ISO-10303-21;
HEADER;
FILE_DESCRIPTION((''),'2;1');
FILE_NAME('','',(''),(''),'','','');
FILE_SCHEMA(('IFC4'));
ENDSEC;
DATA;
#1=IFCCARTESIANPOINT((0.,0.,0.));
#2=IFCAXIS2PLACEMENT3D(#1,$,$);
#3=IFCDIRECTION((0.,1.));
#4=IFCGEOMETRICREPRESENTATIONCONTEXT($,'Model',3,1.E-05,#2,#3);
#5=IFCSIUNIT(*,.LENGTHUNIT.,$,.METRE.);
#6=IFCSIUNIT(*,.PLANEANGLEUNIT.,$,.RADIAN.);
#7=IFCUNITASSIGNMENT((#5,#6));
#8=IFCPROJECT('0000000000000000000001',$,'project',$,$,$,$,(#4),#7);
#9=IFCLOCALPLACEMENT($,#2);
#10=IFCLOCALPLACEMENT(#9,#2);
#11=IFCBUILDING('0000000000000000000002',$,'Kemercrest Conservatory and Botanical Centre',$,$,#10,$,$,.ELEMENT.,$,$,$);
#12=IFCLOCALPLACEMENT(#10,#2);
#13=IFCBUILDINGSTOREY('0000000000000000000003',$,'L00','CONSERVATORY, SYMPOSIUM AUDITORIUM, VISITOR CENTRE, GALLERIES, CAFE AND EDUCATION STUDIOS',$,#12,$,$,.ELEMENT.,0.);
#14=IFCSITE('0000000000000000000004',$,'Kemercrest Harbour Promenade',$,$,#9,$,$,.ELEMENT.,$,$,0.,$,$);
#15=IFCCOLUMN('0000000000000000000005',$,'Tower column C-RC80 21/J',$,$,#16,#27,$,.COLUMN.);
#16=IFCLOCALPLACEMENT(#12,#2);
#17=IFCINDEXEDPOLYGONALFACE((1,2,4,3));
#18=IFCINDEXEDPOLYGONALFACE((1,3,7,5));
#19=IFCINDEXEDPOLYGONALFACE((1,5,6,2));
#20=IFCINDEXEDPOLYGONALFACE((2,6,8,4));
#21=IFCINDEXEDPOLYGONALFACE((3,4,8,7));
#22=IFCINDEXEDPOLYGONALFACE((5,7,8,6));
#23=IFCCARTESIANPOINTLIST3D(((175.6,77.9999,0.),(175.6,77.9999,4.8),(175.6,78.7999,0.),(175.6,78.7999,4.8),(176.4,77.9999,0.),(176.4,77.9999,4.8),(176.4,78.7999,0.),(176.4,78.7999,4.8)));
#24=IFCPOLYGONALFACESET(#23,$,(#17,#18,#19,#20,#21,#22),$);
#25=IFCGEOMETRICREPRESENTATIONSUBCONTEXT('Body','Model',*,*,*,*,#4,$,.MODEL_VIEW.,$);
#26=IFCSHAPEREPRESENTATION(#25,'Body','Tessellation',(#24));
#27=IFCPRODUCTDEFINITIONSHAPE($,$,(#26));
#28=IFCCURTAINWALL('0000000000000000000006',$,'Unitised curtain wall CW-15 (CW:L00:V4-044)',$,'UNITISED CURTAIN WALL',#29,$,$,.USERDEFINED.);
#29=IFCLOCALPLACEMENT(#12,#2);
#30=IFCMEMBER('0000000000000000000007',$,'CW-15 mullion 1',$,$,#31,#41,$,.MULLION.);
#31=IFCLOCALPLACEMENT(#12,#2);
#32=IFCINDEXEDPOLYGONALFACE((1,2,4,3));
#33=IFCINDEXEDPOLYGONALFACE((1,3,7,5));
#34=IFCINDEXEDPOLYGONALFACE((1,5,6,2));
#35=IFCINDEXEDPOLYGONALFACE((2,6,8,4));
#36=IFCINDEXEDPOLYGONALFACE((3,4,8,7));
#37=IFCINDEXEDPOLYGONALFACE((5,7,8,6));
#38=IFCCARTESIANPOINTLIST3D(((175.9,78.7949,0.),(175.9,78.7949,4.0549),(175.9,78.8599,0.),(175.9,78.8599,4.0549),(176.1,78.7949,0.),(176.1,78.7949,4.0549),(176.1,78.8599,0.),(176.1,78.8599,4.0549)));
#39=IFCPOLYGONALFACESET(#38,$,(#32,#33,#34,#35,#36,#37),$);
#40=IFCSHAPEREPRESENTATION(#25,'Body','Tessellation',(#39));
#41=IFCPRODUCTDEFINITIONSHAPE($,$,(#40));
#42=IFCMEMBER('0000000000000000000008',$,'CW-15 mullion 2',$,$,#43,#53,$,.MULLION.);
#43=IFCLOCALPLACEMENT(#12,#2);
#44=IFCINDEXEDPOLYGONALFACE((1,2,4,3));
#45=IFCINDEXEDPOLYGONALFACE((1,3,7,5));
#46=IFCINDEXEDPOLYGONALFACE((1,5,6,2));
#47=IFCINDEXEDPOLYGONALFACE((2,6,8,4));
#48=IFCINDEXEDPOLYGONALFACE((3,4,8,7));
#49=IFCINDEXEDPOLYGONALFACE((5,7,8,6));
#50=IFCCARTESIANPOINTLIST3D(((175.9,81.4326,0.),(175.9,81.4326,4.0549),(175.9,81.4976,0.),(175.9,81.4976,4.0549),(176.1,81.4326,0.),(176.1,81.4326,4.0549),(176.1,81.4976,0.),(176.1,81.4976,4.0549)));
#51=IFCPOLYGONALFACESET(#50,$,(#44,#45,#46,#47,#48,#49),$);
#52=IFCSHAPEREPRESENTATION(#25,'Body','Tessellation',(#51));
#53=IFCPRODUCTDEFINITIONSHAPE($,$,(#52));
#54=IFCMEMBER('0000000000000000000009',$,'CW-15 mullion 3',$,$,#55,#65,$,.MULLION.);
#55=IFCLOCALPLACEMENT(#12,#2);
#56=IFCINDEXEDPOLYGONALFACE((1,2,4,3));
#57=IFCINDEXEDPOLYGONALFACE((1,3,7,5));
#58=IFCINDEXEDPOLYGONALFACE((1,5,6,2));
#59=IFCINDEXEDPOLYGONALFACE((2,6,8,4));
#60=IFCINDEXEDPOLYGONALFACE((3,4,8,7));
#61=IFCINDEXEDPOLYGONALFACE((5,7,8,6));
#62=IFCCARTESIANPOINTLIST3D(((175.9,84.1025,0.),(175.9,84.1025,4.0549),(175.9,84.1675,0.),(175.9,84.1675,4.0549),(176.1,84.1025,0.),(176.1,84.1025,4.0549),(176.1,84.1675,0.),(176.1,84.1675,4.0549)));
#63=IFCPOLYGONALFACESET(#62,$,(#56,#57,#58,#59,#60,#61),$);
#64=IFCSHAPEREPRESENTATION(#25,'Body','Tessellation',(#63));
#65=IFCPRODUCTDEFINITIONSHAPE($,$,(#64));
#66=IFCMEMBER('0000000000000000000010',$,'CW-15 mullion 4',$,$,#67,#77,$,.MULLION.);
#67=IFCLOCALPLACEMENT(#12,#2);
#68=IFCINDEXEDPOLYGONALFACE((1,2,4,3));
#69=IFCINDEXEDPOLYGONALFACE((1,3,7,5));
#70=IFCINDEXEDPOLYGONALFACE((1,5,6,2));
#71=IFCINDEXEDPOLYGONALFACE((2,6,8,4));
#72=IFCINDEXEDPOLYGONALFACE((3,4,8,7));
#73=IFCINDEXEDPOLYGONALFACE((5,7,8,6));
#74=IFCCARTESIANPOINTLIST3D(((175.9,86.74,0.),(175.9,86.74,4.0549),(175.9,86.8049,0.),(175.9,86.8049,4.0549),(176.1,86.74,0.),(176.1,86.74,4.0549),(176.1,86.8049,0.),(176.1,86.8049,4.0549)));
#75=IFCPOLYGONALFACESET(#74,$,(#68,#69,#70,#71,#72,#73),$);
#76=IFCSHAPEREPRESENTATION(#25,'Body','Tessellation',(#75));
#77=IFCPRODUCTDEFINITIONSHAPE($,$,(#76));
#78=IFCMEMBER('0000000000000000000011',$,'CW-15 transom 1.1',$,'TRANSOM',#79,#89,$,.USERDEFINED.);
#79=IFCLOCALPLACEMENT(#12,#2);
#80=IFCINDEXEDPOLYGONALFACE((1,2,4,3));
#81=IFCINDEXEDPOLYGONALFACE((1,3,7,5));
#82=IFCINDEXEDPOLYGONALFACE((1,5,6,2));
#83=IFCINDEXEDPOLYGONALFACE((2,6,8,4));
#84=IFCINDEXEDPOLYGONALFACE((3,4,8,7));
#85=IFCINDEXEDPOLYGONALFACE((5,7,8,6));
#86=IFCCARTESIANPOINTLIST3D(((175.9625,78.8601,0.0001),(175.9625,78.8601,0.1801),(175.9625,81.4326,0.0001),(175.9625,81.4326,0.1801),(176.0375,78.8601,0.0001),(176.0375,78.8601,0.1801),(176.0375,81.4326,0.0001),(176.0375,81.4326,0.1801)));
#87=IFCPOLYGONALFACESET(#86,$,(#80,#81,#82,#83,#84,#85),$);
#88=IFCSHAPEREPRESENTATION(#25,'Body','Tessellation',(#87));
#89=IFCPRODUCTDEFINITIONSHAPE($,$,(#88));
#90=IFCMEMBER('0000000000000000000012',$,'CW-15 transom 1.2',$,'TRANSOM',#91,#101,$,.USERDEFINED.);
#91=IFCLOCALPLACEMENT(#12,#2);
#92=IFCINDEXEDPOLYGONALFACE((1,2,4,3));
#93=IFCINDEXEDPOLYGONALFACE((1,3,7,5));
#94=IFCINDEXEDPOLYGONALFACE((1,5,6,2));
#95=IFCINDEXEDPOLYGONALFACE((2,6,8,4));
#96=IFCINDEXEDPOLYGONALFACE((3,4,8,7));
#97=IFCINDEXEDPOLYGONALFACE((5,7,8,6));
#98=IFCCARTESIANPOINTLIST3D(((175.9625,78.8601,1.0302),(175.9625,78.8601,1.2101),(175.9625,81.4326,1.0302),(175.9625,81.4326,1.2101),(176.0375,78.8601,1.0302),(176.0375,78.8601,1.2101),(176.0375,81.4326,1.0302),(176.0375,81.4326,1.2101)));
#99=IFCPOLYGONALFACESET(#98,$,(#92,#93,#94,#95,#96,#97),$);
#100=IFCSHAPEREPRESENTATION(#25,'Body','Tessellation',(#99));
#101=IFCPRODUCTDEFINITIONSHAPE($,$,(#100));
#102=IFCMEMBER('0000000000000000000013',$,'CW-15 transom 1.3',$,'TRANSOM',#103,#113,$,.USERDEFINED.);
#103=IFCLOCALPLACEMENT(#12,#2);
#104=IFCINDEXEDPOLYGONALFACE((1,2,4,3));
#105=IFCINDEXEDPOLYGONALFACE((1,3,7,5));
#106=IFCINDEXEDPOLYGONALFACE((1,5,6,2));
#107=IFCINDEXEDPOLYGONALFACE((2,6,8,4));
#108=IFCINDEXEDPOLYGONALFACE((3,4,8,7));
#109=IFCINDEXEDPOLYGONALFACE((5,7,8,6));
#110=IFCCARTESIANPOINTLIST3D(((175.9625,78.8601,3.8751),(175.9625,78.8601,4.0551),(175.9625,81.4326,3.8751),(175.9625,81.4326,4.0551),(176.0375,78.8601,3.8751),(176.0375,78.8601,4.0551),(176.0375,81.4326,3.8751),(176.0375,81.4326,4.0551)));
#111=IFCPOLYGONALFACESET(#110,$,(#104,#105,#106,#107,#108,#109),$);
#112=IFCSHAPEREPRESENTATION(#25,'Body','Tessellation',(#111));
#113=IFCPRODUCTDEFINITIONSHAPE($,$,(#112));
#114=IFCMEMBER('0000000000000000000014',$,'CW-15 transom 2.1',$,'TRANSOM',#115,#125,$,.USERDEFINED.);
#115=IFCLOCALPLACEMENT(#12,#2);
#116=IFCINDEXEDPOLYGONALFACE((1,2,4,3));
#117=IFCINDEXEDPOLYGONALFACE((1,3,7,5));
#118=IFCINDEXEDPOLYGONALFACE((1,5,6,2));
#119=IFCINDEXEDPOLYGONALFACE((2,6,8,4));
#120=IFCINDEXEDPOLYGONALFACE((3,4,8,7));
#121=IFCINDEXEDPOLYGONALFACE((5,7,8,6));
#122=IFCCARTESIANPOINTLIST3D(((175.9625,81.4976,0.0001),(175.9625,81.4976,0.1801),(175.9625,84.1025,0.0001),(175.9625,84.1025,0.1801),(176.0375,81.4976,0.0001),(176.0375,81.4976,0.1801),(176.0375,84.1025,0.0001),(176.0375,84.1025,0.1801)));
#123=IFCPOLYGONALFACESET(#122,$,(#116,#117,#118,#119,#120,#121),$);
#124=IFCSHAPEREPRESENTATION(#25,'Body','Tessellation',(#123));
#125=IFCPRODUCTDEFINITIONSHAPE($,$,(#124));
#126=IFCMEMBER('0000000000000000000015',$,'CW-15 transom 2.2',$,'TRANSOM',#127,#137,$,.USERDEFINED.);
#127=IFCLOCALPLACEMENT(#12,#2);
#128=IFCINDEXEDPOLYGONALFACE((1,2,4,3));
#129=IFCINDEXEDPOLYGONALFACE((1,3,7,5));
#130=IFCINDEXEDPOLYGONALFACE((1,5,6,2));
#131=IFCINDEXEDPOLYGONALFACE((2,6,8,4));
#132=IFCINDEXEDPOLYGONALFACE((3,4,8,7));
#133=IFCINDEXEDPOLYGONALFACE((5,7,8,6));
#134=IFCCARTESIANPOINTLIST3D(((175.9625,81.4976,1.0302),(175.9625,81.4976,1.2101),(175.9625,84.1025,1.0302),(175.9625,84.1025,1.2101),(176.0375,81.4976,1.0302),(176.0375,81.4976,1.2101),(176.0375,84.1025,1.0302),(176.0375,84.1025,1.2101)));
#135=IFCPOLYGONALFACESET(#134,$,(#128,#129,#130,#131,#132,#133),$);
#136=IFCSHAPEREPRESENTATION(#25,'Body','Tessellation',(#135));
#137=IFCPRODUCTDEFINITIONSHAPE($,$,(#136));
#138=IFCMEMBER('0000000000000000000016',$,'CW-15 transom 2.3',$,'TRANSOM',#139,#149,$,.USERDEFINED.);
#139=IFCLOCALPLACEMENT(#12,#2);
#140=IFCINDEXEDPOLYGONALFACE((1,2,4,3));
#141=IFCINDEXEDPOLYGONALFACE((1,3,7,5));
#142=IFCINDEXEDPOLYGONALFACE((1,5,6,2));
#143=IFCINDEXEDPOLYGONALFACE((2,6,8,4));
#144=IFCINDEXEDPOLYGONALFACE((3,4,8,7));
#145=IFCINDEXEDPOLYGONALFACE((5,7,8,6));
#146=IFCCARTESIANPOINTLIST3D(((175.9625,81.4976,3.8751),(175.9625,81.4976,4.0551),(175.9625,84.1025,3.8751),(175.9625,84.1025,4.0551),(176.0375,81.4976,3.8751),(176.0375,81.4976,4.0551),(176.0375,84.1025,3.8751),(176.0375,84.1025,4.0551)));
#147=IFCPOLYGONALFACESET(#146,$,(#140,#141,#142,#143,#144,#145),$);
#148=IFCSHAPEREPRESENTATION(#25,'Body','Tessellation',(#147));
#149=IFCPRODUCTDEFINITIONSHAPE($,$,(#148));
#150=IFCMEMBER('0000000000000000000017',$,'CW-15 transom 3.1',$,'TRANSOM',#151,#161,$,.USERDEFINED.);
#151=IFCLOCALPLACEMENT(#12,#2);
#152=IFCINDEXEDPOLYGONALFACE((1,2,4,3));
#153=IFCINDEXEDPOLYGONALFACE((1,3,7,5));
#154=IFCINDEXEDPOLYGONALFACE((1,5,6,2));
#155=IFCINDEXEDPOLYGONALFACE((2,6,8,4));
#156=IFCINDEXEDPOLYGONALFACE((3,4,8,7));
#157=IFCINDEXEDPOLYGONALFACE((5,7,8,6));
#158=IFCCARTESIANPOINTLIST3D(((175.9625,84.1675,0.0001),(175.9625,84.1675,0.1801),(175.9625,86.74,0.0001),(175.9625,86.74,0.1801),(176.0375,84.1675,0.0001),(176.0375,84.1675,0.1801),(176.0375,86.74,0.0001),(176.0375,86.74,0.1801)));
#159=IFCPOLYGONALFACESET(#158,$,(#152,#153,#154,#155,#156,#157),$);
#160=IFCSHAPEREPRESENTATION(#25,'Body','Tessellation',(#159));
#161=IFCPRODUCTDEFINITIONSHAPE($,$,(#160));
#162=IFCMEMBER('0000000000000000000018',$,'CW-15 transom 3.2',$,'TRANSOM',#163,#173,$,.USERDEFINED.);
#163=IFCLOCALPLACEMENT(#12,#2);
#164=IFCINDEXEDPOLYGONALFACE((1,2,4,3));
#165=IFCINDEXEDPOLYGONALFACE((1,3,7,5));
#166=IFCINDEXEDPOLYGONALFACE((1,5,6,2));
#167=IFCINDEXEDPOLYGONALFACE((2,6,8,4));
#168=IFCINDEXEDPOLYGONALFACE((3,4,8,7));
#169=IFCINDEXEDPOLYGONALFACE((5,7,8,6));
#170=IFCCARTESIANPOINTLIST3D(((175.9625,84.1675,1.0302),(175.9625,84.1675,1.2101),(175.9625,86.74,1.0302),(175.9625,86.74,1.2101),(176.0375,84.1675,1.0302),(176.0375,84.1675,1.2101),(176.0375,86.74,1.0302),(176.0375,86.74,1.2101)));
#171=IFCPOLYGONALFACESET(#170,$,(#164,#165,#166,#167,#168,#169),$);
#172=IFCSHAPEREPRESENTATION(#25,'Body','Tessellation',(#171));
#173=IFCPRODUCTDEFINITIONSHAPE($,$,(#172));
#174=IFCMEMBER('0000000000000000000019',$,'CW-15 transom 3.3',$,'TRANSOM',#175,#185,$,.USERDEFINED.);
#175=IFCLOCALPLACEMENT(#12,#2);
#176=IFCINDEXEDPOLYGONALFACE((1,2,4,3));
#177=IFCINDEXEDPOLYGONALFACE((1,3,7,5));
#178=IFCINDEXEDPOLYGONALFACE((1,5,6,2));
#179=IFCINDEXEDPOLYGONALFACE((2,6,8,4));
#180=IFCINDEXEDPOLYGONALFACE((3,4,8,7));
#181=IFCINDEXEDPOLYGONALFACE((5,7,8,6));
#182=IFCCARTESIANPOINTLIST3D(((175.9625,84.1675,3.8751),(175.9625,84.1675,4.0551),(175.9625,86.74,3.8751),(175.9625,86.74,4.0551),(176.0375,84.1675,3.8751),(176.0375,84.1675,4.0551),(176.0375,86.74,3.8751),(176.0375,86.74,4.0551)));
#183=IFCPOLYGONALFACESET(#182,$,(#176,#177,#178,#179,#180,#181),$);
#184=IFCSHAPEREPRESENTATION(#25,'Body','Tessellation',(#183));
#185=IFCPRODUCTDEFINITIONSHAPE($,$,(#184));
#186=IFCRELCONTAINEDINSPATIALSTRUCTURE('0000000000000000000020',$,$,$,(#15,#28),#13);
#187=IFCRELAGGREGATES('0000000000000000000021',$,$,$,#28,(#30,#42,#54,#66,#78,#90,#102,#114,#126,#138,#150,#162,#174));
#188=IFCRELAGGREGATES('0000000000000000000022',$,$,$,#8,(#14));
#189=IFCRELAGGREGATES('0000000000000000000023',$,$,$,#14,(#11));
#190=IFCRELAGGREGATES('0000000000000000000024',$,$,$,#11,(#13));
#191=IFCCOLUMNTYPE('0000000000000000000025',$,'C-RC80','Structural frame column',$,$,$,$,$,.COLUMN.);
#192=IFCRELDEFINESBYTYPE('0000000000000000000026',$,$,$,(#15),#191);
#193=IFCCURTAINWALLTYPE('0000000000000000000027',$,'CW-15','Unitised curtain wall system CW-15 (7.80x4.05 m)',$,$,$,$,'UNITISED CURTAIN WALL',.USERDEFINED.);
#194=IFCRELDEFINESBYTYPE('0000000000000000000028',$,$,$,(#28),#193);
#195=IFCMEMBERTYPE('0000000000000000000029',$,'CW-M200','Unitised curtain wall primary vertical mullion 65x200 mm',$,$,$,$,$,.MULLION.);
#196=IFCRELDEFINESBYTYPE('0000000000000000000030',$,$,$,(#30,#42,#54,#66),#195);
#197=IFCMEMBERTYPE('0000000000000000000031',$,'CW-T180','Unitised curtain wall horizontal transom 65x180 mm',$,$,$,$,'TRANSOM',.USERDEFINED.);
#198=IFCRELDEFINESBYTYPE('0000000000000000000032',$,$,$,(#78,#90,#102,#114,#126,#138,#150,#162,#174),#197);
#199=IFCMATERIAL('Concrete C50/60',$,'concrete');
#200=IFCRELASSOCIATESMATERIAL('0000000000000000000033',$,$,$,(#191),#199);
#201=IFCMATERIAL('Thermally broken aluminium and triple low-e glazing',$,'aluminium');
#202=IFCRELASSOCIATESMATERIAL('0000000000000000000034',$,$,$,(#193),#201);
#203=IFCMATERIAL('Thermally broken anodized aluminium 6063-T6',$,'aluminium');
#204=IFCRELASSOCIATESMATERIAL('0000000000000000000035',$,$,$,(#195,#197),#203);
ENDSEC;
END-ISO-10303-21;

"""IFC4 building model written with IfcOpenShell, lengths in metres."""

from ifc_helpers import new_model, si_unit, direction, frame, origin, origin_2d, place, context, subcontext, project, spatial, rectangle, extrude, material, material_profile, profile_set, type_object, element, aggregate, save


model = new_model("IFC4")

# Units and contexts
model_context = context("Model", 3, precision=1e-05, world=origin(), true_north=direction((0.0, 1.0)))
body_context = subcontext(model_context, "Body", "Model", "MODEL_VIEW")
ifc_project = project(units=[si_unit("LENGTHUNIT", "METRE"), si_unit("PLANEANGLEUNIT", "RADIAN")], contexts=[model_context])

# Site, building, storey
site_placement = place(None, origin())
site = spatial("IfcSite", under=ifc_project, at=site_placement, Name="Kemercrest Harbour Promenade", CompositionType="ELEMENT", RefElevation=0.0)
building_placement = place(site_placement, origin())
building = spatial("IfcBuilding", under=site, at=building_placement, Name="Kemercrest Conservatory and Botanical Centre", CompositionType="ELEMENT")
storey_placement = place(building_placement, origin())
storey = spatial("IfcBuildingStorey", under=building, at=storey_placement, Name="L00", Description="CONSERVATORY, SYMPOSIUM AUDITORIUM, VISITOR CENTRE, GALLERIES, CAFE AND EDUCATION STUDIOS", CompositionType="ELEMENT", Elevation=0.0)

# Column
ifc_material_1 = material(Name="Concrete C50/60", Category="concrete")
ifc_material_profile_1 = material_profile(ifc_material_1, rectangle(XDim=0.8, YDim=0.8, at=origin_2d()), Name="RC 800x800")
ifc_profile_set_1 = profile_set([ifc_material_profile_1], Name="Concrete C50/60")
column_type = type_object("IfcColumnType", Name="C-RC80", Description="Structural frame column", PredefinedType="COLUMN", material=ifc_profile_set_1)
column_placement = place(storey_placement, frame((176.0, 78.3999, 0.0), z_axis=(0.0, 0.0, 1.0), x_axis=(1.0, 0.0, 0.0)))
element("IfcColumn", 1, at=column_placement, inside=storey, type_object=column_type, Name="Tower column C-RC80 21/J", PredefinedType="COLUMN", context=body_context, shape_type="SweptSolid", body=[
    extrude(rectangle(XDim=0.8, YDim=0.8, at=origin_2d()), origin(), (0.0, 0.0, 1.0), 4.8),
])

# Curtain wall, members
ifc_material_2 = material(Name="Thermally broken aluminium and triple low-e glazing", Category="aluminium")
curtain_wall_type = type_object("IfcCurtainWallType", Name="CW-15", Description="Unitised curtain wall system CW-15 (7.80x4.05 m)", ElementType="UNITISED CURTAIN WALL", PredefinedType="USERDEFINED", material=ifc_material_2)
curtain_wall_placement = place(storey_placement, origin())
curtain_wall = element("IfcCurtainWall", 2, at=curtain_wall_placement, inside=storey, type_object=curtain_wall_type, Name="Unitised curtain wall CW-15 (CW:L00:V4-044)", ObjectType="UNITISED CURTAIN WALL", PredefinedType="USERDEFINED")
ifc_material_3 = material(Name="Thermally broken anodized aluminium 6063-T6", Category="aluminium")
ifc_material_profile_2 = material_profile(ifc_material_3, rectangle(XDim=0.2, YDim=0.0649, at=origin_2d()), Name="AL MULLION 65x200")
ifc_profile_set_2 = profile_set([ifc_material_profile_2], Name="Thermally broken anodized aluminium 6063-T6")
member_type_1 = type_object("IfcMemberType", Name="CW-M200", Description="Unitised curtain wall primary vertical mullion 65x200 mm", PredefinedType="MULLION", material=ifc_profile_set_2)
member_1_placement = place(storey_placement, frame((176.0, 78.8274, 0.0), z_axis=(0.0, 0.0, 1.0), x_axis=(-1.0, 0.0, 0.0)))
member_1 = element("IfcMember", 3, at=member_1_placement, type_object=member_type_1, Name="CW-15 mullion 1", PredefinedType="MULLION", context=body_context, shape_type="SweptSolid", body=[
    extrude(rectangle(XDim=0.2, YDim=0.0649, at=origin_2d()), origin(), (0.0, 0.0, 1.0), 4.0549),
])
member_2_placement = place(storey_placement, frame((176.0, 81.4651, 0.0), z_axis=(0.0, 0.0, 1.0), x_axis=(-1.0, 0.0, 0.0)))
member_2 = element("IfcMember", 4, at=member_2_placement, type_object=member_type_1, Name="CW-15 mullion 2", PredefinedType="MULLION", context=body_context, shape_type="SweptSolid", body=[
    extrude(rectangle(XDim=0.2, YDim=0.0649, at=origin_2d()), origin(), (0.0, 0.0, 1.0), 4.0549),
])
member_3_placement = place(storey_placement, frame((176.0, 84.135, 0.0), z_axis=(0.0, 0.0, 1.0), x_axis=(-1.0, 0.0, 0.0)))
member_3 = element("IfcMember", 5, at=member_3_placement, type_object=member_type_1, Name="CW-15 mullion 3", PredefinedType="MULLION", context=body_context, shape_type="SweptSolid", body=[
    extrude(rectangle(XDim=0.2, YDim=0.0649, at=origin_2d()), origin(), (0.0, 0.0, 1.0), 4.0549),
])
member_4_placement = place(storey_placement, frame((176.0, 86.7725, 0.0), z_axis=(0.0, 0.0, 1.0), x_axis=(-1.0, 0.0, 0.0)))
member_4 = element("IfcMember", 6, at=member_4_placement, type_object=member_type_1, Name="CW-15 mullion 4", PredefinedType="MULLION", context=body_context, shape_type="SweptSolid", body=[
    extrude(rectangle(XDim=0.2, YDim=0.0649, at=origin_2d()), origin(), (0.0, 0.0, 1.0), 4.0549),
])
ifc_material_profile_3 = material_profile(ifc_material_3, rectangle(XDim=0.075, YDim=0.1799, at=origin_2d()), Name="AL TRANSOM 75x180")
ifc_profile_set_3 = profile_set([ifc_material_profile_3], Name="Thermally broken anodized aluminium 6063-T6")
member_type_2 = type_object("IfcMemberType", Name="CW-T180", Description="Unitised curtain wall horizontal transom 65x180 mm", ElementType="TRANSOM", PredefinedType="USERDEFINED", material=ifc_profile_set_3)
member_5_placement = place(storey_placement, frame((176.0, 78.8601, 0.0901), z_axis=(0.0, 1.0, 0.0), x_axis=(-1.0, 0.0, 0.0)))
member_5 = element("IfcMember", 7, at=member_5_placement, type_object=member_type_2, Name="CW-15 transom 1.1", ObjectType="TRANSOM", PredefinedType="USERDEFINED", context=body_context, shape_type="SweptSolid", body=[
    extrude(rectangle(XDim=0.075, YDim=0.1799, at=origin_2d()), origin(), (0.0, 0.0, 1.0), 2.5725),
])
member_6_placement = place(storey_placement, frame((176.0, 78.8601, 1.1201), z_axis=(0.0, 1.0, 0.0), x_axis=(-1.0, 0.0, 0.0)))
member_6 = element("IfcMember", 8, at=member_6_placement, type_object=member_type_2, Name="CW-15 transom 1.2", ObjectType="TRANSOM", PredefinedType="USERDEFINED", context=body_context, shape_type="SweptSolid", body=[
    extrude(rectangle(XDim=0.075, YDim=0.1799, at=origin_2d()), origin(), (0.0, 0.0, 1.0), 2.5725),
])
member_7_placement = place(storey_placement, frame((176.0, 78.8601, 3.9651), z_axis=(0.0, 1.0, 0.0), x_axis=(-1.0, 0.0, 0.0)))
member_7 = element("IfcMember", 9, at=member_7_placement, type_object=member_type_2, Name="CW-15 transom 1.3", ObjectType="TRANSOM", PredefinedType="USERDEFINED", context=body_context, shape_type="SweptSolid", body=[
    extrude(rectangle(XDim=0.075, YDim=0.1799, at=origin_2d()), origin(), (0.0, 0.0, 1.0), 2.5725),
])
member_8_placement = place(storey_placement, frame((176.0, 81.4976, 0.0901), z_axis=(0.0, 1.0, 0.0), x_axis=(-1.0, 0.0, 0.0)))
member_8 = element("IfcMember", 10, at=member_8_placement, type_object=member_type_2, Name="CW-15 transom 2.1", ObjectType="TRANSOM", PredefinedType="USERDEFINED", context=body_context, shape_type="SweptSolid", body=[
    extrude(rectangle(XDim=0.075, YDim=0.1799, at=origin_2d()), origin(), (0.0, 0.0, 1.0), 2.605),
])
member_9_placement = place(storey_placement, frame((176.0, 81.4976, 1.1201), z_axis=(0.0, 1.0, 0.0), x_axis=(-1.0, 0.0, 0.0)))
member_9 = element("IfcMember", 11, at=member_9_placement, type_object=member_type_2, Name="CW-15 transom 2.2", ObjectType="TRANSOM", PredefinedType="USERDEFINED", context=body_context, shape_type="SweptSolid", body=[
    extrude(rectangle(XDim=0.075, YDim=0.1799, at=origin_2d()), origin(), (0.0, 0.0, 1.0), 2.605),
])
member_10_placement = place(storey_placement, frame((176.0, 81.4976, 3.9651), z_axis=(0.0, 1.0, 0.0), x_axis=(-1.0, 0.0, 0.0)))
member_10 = element("IfcMember", 12, at=member_10_placement, type_object=member_type_2, Name="CW-15 transom 2.3", ObjectType="TRANSOM", PredefinedType="USERDEFINED", context=body_context, shape_type="SweptSolid", body=[
    extrude(rectangle(XDim=0.075, YDim=0.1799, at=origin_2d()), origin(), (0.0, 0.0, 1.0), 2.605),
])
member_11_placement = place(storey_placement, frame((176.0, 84.1675, 0.0901), z_axis=(0.0, 1.0, 0.0), x_axis=(-1.0, 0.0, 0.0)))
member_11 = element("IfcMember", 13, at=member_11_placement, type_object=member_type_2, Name="CW-15 transom 3.1", ObjectType="TRANSOM", PredefinedType="USERDEFINED", context=body_context, shape_type="SweptSolid", body=[
    extrude(rectangle(XDim=0.075, YDim=0.1799, at=origin_2d()), origin(), (0.0, 0.0, 1.0), 2.5725),
])
member_12_placement = place(storey_placement, frame((176.0, 84.1675, 1.1201), z_axis=(0.0, 1.0, 0.0), x_axis=(-1.0, 0.0, 0.0)))
member_12 = element("IfcMember", 14, at=member_12_placement, type_object=member_type_2, Name="CW-15 transom 3.2", ObjectType="TRANSOM", PredefinedType="USERDEFINED", context=body_context, shape_type="SweptSolid", body=[
    extrude(rectangle(XDim=0.075, YDim=0.1799, at=origin_2d()), origin(), (0.0, 0.0, 1.0), 2.5725),
])
member_13_placement = place(storey_placement, frame((176.0, 84.1675, 3.9651), z_axis=(0.0, 1.0, 0.0), x_axis=(-1.0, 0.0, 0.0)))
member_13 = element("IfcMember", 15, at=member_13_placement, type_object=member_type_2, Name="CW-15 transom 3.3", ObjectType="TRANSOM", PredefinedType="USERDEFINED", context=body_context, shape_type="SweptSolid", body=[
    extrude(rectangle(XDim=0.075, YDim=0.1799, at=origin_2d()), origin(), (0.0, 0.0, 1.0), 2.5725),
])

aggregate(curtain_wall, [member_1, member_2, member_3, member_4, member_5, member_6, member_7, member_8, member_9, member_10, member_11, member_12, member_13])

save(model, "model.ifc")
